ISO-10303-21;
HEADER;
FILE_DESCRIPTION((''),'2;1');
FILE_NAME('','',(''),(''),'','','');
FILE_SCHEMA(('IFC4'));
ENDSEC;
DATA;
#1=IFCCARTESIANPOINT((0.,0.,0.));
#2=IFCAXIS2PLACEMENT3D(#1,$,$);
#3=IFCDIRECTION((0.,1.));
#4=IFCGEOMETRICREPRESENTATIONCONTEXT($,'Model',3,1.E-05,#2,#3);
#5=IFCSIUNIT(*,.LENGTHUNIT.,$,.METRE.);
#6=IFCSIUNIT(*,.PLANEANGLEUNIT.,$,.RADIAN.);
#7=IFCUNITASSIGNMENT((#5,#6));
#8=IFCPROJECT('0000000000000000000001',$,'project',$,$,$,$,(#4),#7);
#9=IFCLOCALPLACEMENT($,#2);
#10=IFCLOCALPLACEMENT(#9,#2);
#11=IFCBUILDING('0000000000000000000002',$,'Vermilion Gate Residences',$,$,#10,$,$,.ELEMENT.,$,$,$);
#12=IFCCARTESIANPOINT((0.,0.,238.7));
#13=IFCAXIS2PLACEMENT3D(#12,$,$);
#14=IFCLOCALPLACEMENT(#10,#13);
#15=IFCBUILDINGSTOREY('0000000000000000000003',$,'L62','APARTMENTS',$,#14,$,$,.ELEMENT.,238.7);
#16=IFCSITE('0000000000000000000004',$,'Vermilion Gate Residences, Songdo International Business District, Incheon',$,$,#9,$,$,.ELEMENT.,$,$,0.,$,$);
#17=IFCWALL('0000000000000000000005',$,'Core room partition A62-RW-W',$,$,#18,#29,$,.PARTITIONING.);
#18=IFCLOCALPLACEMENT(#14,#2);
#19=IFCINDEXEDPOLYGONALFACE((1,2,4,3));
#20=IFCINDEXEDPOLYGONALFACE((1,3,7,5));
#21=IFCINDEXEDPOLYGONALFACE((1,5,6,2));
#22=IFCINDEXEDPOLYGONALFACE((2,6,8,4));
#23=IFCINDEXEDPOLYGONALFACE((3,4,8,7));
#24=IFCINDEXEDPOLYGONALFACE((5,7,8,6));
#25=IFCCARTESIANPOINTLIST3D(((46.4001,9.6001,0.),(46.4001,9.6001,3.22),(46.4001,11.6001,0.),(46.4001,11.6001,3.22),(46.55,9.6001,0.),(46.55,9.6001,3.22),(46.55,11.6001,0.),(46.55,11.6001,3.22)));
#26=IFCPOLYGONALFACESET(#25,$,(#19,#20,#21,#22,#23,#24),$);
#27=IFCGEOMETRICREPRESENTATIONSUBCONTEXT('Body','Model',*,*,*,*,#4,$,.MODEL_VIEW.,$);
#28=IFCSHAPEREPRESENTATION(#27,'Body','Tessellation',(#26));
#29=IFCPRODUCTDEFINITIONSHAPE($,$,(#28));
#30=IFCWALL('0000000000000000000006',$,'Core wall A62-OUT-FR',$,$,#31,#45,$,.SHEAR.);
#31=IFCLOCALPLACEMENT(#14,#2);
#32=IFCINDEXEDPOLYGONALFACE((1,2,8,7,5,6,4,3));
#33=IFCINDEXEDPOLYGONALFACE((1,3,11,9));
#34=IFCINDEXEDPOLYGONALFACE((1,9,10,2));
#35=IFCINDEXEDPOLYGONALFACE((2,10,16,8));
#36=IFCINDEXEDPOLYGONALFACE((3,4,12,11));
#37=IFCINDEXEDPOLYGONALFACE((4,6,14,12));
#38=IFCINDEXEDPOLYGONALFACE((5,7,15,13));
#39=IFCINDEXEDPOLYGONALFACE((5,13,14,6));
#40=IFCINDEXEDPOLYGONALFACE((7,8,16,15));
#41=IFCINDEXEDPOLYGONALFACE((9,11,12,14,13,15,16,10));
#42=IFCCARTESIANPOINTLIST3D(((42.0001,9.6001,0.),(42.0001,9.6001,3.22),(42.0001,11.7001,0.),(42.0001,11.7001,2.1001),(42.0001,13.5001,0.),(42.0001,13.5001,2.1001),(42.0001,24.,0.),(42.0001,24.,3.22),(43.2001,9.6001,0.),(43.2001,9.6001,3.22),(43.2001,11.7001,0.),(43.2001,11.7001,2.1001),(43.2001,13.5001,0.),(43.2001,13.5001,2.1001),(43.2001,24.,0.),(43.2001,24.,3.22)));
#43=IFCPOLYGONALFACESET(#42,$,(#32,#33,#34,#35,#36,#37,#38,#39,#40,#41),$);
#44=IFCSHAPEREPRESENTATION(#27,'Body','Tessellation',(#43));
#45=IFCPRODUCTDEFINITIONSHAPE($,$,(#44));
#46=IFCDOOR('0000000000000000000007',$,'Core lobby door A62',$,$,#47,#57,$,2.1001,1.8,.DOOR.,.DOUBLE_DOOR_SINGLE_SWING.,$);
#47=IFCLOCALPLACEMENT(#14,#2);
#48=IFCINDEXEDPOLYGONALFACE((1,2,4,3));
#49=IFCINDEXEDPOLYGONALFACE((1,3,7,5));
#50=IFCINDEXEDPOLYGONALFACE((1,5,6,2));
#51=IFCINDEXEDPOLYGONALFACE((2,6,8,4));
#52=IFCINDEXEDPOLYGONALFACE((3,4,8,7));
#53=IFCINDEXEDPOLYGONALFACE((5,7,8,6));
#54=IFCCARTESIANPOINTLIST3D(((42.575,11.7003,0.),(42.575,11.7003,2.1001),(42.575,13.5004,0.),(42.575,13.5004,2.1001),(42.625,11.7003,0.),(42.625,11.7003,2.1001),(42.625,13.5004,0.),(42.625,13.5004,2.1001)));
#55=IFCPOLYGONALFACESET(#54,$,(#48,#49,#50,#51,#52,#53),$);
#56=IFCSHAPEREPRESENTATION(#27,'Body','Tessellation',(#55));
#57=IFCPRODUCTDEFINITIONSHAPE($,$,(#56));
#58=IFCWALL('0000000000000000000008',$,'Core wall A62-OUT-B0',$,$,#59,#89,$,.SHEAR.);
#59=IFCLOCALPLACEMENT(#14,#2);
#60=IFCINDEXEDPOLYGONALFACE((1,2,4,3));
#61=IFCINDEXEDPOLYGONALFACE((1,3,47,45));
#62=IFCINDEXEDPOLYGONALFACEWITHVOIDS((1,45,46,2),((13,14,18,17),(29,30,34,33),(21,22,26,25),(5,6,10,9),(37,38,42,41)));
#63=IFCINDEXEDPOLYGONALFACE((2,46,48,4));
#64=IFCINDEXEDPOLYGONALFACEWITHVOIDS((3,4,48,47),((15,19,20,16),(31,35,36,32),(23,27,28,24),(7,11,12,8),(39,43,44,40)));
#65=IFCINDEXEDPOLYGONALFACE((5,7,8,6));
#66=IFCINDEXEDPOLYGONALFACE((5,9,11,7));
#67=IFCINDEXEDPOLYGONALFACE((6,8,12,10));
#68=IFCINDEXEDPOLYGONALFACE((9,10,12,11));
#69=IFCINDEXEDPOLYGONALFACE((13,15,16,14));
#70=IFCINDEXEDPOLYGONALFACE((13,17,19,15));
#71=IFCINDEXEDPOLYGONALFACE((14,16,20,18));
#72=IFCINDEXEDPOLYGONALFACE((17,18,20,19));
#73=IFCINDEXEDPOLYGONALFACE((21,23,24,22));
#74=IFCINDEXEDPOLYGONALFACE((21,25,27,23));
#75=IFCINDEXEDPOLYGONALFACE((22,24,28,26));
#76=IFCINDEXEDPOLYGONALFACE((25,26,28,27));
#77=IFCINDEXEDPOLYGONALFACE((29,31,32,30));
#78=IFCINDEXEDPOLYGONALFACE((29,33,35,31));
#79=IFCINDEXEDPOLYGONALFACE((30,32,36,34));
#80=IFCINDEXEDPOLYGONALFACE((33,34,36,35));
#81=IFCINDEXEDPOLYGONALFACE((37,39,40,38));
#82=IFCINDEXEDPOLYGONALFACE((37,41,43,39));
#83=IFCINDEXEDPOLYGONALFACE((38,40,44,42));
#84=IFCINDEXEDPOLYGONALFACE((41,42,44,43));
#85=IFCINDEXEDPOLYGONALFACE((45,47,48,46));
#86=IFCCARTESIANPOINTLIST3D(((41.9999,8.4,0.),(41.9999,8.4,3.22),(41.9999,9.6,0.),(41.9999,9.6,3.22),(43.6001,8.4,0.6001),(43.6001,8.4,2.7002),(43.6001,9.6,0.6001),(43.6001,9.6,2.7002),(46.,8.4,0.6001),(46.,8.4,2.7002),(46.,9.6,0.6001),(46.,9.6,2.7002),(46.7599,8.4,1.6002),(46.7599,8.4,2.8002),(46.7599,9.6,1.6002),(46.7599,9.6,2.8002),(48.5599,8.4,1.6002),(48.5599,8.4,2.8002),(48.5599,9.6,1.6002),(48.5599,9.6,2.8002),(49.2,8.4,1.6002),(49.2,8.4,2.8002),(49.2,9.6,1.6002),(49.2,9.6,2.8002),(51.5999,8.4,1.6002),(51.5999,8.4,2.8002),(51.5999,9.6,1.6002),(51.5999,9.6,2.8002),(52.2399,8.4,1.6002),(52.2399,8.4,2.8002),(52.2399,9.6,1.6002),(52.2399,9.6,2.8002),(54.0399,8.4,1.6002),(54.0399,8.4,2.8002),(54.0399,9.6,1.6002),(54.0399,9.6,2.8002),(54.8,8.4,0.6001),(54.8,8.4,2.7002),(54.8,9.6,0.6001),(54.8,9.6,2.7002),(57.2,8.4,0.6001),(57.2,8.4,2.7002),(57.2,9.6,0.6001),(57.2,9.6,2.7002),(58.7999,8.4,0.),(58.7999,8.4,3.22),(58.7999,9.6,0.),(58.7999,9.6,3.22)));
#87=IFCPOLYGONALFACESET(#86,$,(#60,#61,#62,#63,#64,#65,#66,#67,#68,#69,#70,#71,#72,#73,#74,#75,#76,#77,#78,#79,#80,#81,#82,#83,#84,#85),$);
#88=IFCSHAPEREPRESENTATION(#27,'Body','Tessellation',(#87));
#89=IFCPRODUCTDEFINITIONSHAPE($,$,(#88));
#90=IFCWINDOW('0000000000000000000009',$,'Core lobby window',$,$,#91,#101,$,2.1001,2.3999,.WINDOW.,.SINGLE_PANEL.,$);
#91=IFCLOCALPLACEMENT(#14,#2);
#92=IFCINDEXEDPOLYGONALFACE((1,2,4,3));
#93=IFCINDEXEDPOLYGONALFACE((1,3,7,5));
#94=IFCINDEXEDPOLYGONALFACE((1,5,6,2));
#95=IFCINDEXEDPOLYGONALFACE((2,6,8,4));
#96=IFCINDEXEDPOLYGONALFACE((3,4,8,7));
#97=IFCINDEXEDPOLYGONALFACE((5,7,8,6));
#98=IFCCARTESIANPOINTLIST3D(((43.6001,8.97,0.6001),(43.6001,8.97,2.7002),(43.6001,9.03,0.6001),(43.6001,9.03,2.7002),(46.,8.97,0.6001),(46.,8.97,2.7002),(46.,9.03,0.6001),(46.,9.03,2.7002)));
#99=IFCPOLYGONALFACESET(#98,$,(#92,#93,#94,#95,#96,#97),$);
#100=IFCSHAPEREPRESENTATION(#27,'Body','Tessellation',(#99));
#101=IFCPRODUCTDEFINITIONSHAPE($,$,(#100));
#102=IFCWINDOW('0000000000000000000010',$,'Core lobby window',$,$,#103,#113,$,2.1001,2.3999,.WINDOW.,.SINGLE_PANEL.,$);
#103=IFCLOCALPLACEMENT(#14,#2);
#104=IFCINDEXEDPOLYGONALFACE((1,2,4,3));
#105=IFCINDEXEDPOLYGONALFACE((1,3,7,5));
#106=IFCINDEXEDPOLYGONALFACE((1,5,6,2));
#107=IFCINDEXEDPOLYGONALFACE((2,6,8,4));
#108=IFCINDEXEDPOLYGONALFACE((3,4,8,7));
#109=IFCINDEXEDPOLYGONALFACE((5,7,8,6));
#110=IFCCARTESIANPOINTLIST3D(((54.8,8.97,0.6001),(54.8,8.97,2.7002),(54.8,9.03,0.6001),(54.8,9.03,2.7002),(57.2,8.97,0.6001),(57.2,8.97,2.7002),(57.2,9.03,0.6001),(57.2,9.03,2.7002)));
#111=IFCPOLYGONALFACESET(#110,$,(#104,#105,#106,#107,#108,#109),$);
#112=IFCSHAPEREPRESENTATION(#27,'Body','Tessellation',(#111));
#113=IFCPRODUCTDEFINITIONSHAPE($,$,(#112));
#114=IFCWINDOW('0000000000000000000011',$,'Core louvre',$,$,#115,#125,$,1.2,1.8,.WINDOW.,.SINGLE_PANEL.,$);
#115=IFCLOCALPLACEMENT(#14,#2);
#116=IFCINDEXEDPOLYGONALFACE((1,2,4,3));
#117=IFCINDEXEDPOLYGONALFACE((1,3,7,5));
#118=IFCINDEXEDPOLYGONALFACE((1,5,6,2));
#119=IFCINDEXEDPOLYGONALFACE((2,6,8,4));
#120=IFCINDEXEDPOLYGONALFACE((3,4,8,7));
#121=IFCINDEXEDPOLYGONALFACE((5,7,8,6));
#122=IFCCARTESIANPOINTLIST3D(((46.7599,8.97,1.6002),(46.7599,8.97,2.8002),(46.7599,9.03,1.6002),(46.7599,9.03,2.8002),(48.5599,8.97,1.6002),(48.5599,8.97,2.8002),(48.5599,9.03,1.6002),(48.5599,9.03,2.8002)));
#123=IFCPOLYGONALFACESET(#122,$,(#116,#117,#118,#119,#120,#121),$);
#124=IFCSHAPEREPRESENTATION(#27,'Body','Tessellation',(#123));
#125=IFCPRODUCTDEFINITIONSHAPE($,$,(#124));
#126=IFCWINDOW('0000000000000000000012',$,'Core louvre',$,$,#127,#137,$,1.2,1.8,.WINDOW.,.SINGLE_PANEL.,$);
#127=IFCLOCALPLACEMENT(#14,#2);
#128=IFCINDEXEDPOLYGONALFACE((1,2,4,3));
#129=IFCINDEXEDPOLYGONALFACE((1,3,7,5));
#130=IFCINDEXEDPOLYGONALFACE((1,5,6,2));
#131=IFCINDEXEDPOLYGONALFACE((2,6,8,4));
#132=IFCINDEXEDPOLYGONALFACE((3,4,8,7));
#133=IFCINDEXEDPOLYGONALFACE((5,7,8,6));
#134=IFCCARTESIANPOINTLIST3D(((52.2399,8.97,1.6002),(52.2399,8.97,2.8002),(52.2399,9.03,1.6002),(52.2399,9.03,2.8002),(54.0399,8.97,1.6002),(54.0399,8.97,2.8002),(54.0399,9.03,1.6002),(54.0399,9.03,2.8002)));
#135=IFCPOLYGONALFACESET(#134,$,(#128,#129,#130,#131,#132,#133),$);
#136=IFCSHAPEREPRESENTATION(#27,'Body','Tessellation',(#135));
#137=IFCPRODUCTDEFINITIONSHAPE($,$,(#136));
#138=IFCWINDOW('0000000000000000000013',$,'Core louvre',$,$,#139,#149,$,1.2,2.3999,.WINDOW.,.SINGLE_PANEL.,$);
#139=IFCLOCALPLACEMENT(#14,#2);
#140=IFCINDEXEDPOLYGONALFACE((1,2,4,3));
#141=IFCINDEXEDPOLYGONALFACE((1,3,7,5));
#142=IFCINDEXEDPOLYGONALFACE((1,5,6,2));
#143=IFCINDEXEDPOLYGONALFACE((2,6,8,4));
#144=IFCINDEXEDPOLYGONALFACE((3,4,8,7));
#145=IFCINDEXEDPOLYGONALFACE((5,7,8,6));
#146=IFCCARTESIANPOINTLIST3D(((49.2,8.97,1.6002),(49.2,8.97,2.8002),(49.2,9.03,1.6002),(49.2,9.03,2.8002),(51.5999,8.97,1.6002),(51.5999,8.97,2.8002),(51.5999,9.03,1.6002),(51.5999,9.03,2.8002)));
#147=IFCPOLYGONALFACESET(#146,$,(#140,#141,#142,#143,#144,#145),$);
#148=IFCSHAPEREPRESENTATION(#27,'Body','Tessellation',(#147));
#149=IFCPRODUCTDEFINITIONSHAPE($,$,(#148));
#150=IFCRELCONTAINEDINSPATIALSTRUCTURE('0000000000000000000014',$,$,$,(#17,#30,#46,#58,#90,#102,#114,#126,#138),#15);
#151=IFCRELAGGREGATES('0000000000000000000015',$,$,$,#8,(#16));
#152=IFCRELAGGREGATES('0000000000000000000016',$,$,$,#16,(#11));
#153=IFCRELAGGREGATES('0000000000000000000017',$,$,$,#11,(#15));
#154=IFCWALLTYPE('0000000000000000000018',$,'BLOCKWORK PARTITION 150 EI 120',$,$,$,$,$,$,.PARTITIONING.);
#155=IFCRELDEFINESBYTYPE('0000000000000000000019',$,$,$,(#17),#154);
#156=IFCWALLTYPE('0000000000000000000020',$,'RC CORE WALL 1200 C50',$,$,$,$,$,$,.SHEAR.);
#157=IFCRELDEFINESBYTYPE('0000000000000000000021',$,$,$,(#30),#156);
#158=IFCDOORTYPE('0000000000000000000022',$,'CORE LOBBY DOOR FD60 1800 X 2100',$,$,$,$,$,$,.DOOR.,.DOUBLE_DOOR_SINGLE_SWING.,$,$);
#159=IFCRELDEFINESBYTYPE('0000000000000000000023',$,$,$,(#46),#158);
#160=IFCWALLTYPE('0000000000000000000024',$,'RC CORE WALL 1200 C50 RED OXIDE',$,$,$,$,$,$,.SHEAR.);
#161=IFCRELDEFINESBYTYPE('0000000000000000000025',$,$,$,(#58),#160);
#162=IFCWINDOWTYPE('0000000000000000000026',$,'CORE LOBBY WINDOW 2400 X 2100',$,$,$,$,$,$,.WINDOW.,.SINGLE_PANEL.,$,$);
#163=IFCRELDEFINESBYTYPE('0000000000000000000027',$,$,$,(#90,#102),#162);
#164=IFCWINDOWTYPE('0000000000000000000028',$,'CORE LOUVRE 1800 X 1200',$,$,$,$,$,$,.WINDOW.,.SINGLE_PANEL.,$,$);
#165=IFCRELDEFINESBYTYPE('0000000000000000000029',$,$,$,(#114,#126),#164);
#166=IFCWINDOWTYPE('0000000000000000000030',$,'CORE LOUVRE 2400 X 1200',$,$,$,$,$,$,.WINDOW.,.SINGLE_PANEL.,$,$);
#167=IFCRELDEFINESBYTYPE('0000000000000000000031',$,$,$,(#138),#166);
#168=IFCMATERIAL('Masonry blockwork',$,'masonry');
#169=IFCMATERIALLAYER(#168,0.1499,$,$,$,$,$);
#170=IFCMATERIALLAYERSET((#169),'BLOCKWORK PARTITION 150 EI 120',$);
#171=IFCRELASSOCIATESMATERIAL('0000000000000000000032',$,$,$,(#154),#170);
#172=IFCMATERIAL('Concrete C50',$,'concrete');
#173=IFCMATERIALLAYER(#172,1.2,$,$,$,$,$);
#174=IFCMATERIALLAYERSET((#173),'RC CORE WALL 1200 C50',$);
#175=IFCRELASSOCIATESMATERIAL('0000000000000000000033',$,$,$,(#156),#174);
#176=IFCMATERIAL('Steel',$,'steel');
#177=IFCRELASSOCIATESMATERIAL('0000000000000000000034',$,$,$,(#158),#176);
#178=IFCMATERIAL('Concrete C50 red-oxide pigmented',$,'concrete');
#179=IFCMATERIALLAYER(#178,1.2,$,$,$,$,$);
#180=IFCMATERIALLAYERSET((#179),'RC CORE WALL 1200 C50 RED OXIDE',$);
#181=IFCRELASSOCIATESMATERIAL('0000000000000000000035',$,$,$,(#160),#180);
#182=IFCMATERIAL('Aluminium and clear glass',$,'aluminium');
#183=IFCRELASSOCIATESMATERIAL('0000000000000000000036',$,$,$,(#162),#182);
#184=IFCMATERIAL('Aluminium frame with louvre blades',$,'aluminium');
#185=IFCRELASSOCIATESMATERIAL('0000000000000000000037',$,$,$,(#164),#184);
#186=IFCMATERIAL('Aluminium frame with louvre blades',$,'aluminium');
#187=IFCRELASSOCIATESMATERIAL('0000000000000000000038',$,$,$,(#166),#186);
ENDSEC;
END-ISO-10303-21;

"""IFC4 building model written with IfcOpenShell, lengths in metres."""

from ifc_helpers import new_model, si_unit, direction, frame, frame_2d, origin, place, context, subcontext, project, spatial, rectangle, extrude, material, layer, layer_set, type_object, element, fill, save


model = new_model("IFC4")

# Units and contexts
model_context = context("Model", 3, precision=1e-05, world=origin(), true_north=direction((0.0, 1.0)))
body_context = subcontext(model_context, "Body", "Model", "MODEL_VIEW")
ifc_project = project(units=[si_unit("LENGTHUNIT", "METRE"), si_unit("PLANEANGLEUNIT", "RADIAN")], contexts=[model_context])

# Site, building, storey
site_placement = place(None, origin())
site = spatial("IfcSite", under=ifc_project, at=site_placement, Name="Vermilion Gate Residences, Songdo International Business District, Incheon", CompositionType="ELEMENT", RefElevation=0.0)
building_placement = place(site_placement, origin())
building = spatial("IfcBuilding", under=site, at=building_placement, Name="Vermilion Gate Residences", CompositionType="ELEMENT")
storey_placement = place(building_placement, frame((0.0, 0.0, 238.7)))
storey = spatial("IfcBuildingStorey", under=building, at=storey_placement, Name="L62", Description="APARTMENTS", CompositionType="ELEMENT", Elevation=238.7)

# Wall
ifc_material_1 = material(Name="Masonry blockwork", Category="masonry")
ifc_layer_1 = layer(ifc_material_1, 0.1499)
ifc_layer_set_1 = layer_set([ifc_layer_1], Name="BLOCKWORK PARTITION 150 EI 120")
wall_type_1 = type_object("IfcWallType", Name="BLOCKWORK PARTITION 150 EI 120", PredefinedType="PARTITIONING", material=ifc_layer_set_1)
wall_1_placement = place(storey_placement, frame((46.4751, 9.6001, 0.0), z_axis=(0.0, 0.0, 1.0), x_axis=(0.0, 1.0, 0.0)))
element("IfcWall", 1, at=wall_1_placement, inside=storey, type_object=wall_type_1, Name="Core room partition A62-RW-W", PredefinedType="PARTITIONING", context=body_context, shape_type="SweptSolid", body=[
    extrude(rectangle(XDim=2.0, YDim=0.1499, at=frame_2d((1.0, 0.0))), origin(), (0.0, 0.0, 1.0), 3.22),
])

# Wall, opening, door
ifc_material_2 = material(Name="Concrete C50", Category="concrete")
ifc_layer_2 = layer(ifc_material_2, 1.2)
ifc_layer_set_2 = layer_set([ifc_layer_2], Name="RC CORE WALL 1200 C50")
wall_type_2 = type_object("IfcWallType", Name="RC CORE WALL 1200 C50", PredefinedType="SHEAR", material=ifc_layer_set_2)
wall_2_placement = place(storey_placement, frame((42.6001, 9.6001, 0.0), z_axis=(0.0, 0.0, 1.0), x_axis=(0.0, 1.0, 0.0)))
wall_2 = element("IfcWall", 2, at=wall_2_placement, inside=storey, type_object=wall_type_2, Name="Core wall A62-OUT-FR", PredefinedType="SHEAR", context=body_context, shape_type="SweptSolid", body=[
    extrude(rectangle(XDim=14.3999, YDim=1.2, at=frame_2d((7.2, 0.0))), origin(), (0.0, 0.0, 1.0), 3.22),
])
opening_1_placement = place(wall_2_placement, frame((2.1001, 0.0, 0.0)))
opening_1 = element("IfcOpeningElement", 3, at=opening_1_placement, cuts=wall_2, PredefinedType="OPENING", context=body_context, shape_type="SweptSolid", body=[
    extrude(rectangle(XDim=1.8, YDim=2.1001, at=frame_2d((0.8999, 1.05))), frame((0.0, 0.6099, 0.0), z_axis=(0.0, -1.0, 0.0), x_axis=(1.0, 0.0, 0.0)), (0.0, 0.0, 1.0), 1.22),
])
ifc_material_3 = material(Name="Steel", Category="steel")
door_type = type_object("IfcDoorType", Name="CORE LOBBY DOOR FD60 1800 X 2100", OperationType="DOUBLE_DOOR_SINGLE_SWING", PredefinedType="DOOR", material=ifc_material_3)
door_placement = place(opening_1_placement, frame((1.8, 0.0, 0.0), z_axis=(0.0, 0.0, 1.0), x_axis=(-1.0, 0.0, 0.0)))
door = element("IfcDoor", 4, at=door_placement, inside=storey, type_object=door_type, Name="Core lobby door A62", OperationType="DOUBLE_DOOR_SINGLE_SWING", OverallHeight=2.1001, OverallWidth=1.8, PredefinedType="DOOR", context=body_context, shape_type="SweptSolid", body=[
    extrude(rectangle(XDim=1.8, YDim=2.1001, at=frame_2d((0.8999, 1.05))), frame((0.0, 0.0249, 0.0), z_axis=(0.0, -1.0, 0.0), x_axis=(1.0, 0.0, 0.0)), (0.0, 0.0, 1.0), 0.05),
])
fill(opening_1, door)

# Wall, openings, windows
ifc_material_4 = material(Name="Concrete C50 red-oxide pigmented", Category="concrete")
ifc_layer_3 = layer(ifc_material_4, 1.2)
ifc_layer_set_3 = layer_set([ifc_layer_3], Name="RC CORE WALL 1200 C50 RED OXIDE")
wall_type_3 = type_object("IfcWallType", Name="RC CORE WALL 1200 C50 RED OXIDE", PredefinedType="SHEAR", material=ifc_layer_set_3)
wall_3_placement = place(storey_placement, frame((42.0, 9.0, 0.0), z_axis=(0.0, 0.0, 1.0), x_axis=(1.0, 0.0, 0.0)))
wall_3 = element("IfcWall", 5, at=wall_3_placement, inside=storey, type_object=wall_type_3, Name="Core wall A62-OUT-B0", PredefinedType="SHEAR", context=body_context, shape_type="SweptSolid", body=[
    extrude(rectangle(XDim=16.8, YDim=1.2, at=frame_2d((8.3999, 0.0))), origin(), (0.0, 0.0, 1.0), 3.22),
])
opening_2_placement = place(wall_3_placement, frame((1.6001, 0.0, 0.6001)))
opening_2 = element("IfcOpeningElement", 6, at=opening_2_placement, cuts=wall_3, PredefinedType="OPENING", context=body_context, shape_type="SweptSolid", body=[
    extrude(rectangle(XDim=2.3999, YDim=2.1001, at=frame_2d((1.2, 1.05))), frame((0.0, 0.6099, 0.0), z_axis=(0.0, -1.0, 0.0), x_axis=(1.0, 0.0, 0.0)), (0.0, 0.0, 1.0), 1.22),
])
opening_3_placement = place(wall_3_placement, frame((4.76, 0.0, 1.6001)))
opening_3 = element("IfcOpeningElement", 7, at=opening_3_placement, cuts=wall_3, PredefinedType="OPENING", context=body_context, shape_type="SweptSolid", body=[
    extrude(rectangle(XDim=1.8, YDim=1.2, at=frame_2d((0.8999, 0.6001))), frame((0.0, 0.6099, 0.0), z_axis=(0.0, -1.0, 0.0), x_axis=(1.0, 0.0, 0.0)), (0.0, 0.0, 1.0), 1.22),
])
opening_4_placement = place(wall_3_placement, frame((7.2, 0.0, 1.6001)))
opening_4 = element("IfcOpeningElement", 8, at=opening_4_placement, cuts=wall_3, PredefinedType="OPENING", context=body_context, shape_type="SweptSolid", body=[
    extrude(rectangle(XDim=2.3999, YDim=1.2, at=frame_2d((1.2, 0.6001))), frame((0.0, 0.6099, 0.0), z_axis=(0.0, -1.0, 0.0), x_axis=(1.0, 0.0, 0.0)), (0.0, 0.0, 1.0), 1.22),
])
opening_5_placement = place(wall_3_placement, frame((10.24, 0.0, 1.6001)))
opening_5 = element("IfcOpeningElement", 9, at=opening_5_placement, cuts=wall_3, PredefinedType="OPENING", context=body_context, shape_type="SweptSolid", body=[
    extrude(rectangle(XDim=1.8, YDim=1.2, at=frame_2d((0.8999, 0.6001))), frame((0.0, 0.6099, 0.0), z_axis=(0.0, -1.0, 0.0), x_axis=(1.0, 0.0, 0.0)), (0.0, 0.0, 1.0), 1.22),
])
opening_6_placement = place(wall_3_placement, frame((12.8, 0.0, 0.6001)))
opening_6 = element("IfcOpeningElement", 10, at=opening_6_placement, cuts=wall_3, PredefinedType="OPENING", context=body_context, shape_type="SweptSolid", body=[
    extrude(rectangle(XDim=2.3999, YDim=2.1001, at=frame_2d((1.2, 1.05))), frame((0.0, 0.6099, 0.0), z_axis=(0.0, -1.0, 0.0), x_axis=(1.0, 0.0, 0.0)), (0.0, 0.0, 1.0), 1.22),
])
ifc_material_5 = material(Name="Aluminium and clear glass", Category="aluminium")
window_type_1 = type_object("IfcWindowType", Name="CORE LOBBY WINDOW 2400 X 2100", PartitioningType="SINGLE_PANEL", PredefinedType="WINDOW", material=ifc_material_5)
window_1_placement = place(opening_2_placement, origin())
window_1 = element("IfcWindow", 11, at=window_1_placement, inside=storey, type_object=window_type_1, Name="Core lobby window", OverallHeight=2.1001, OverallWidth=2.3999, PartitioningType="SINGLE_PANEL", PredefinedType="WINDOW", context=body_context, shape_type="SweptSolid", body=[
    extrude(rectangle(XDim=2.3999, YDim=2.1001, at=frame_2d((1.2, 1.05))), frame((0.0, 0.03, 0.0), z_axis=(0.0, -1.0, 0.0), x_axis=(1.0, 0.0, 0.0)), (0.0, 0.0, 1.0), 0.0601),
])
fill(opening_2, window_1)
window_2_placement = place(opening_6_placement, origin())
window_2 = element("IfcWindow", 12, at=window_2_placement, inside=storey, type_object=window_type_1, Name="Core lobby window", OverallHeight=2.1001, OverallWidth=2.3999, PartitioningType="SINGLE_PANEL", PredefinedType="WINDOW", context=body_context, shape_type="SweptSolid", body=[
    extrude(rectangle(XDim=2.3999, YDim=2.1001, at=frame_2d((1.2, 1.05))), frame((0.0, 0.03, 0.0), z_axis=(0.0, -1.0, 0.0), x_axis=(1.0, 0.0, 0.0)), (0.0, 0.0, 1.0), 0.0601),
])
fill(opening_6, window_2)
ifc_material_6 = material(Name="Aluminium frame with louvre blades", Category="aluminium")
window_type_2 = type_object("IfcWindowType", Name="CORE LOUVRE 1800 X 1200", PartitioningType="SINGLE_PANEL", PredefinedType="WINDOW", material=ifc_material_6)
window_3_placement = place(opening_3_placement, origin())
window_3 = element("IfcWindow", 13, at=window_3_placement, inside=storey, type_object=window_type_2, Name="Core louvre", OverallHeight=1.2, OverallWidth=1.8, PartitioningType="SINGLE_PANEL", PredefinedType="WINDOW", context=body_context, shape_type="SweptSolid", body=[
    extrude(rectangle(XDim=1.8, YDim=1.2, at=frame_2d((0.8999, 0.6001))), frame((0.0, 0.03, 0.0), z_axis=(0.0, -1.0, 0.0), x_axis=(1.0, 0.0, 0.0)), (0.0, 0.0, 1.0), 0.0601),
])
fill(opening_3, window_3)
window_4_placement = place(opening_5_placement, origin())
window_4 = element("IfcWindow", 14, at=window_4_placement, inside=storey, type_object=window_type_2, Name="Core louvre", OverallHeight=1.2, OverallWidth=1.8, PartitioningType="SINGLE_PANEL", PredefinedType="WINDOW", context=body_context, shape_type="SweptSolid", body=[
    extrude(rectangle(XDim=1.8, YDim=1.2, at=frame_2d((0.8999, 0.6001))), frame((0.0, 0.03, 0.0), z_axis=(0.0, -1.0, 0.0), x_axis=(1.0, 0.0, 0.0)), (0.0, 0.0, 1.0), 0.0601),
])
fill(opening_5, window_4)
ifc_material_7 = material(Name="Aluminium frame with louvre blades", Category="aluminium")
window_type_3 = type_object("IfcWindowType", Name="CORE LOUVRE 2400 X 1200", PartitioningType="SINGLE_PANEL", PredefinedType="WINDOW", material=ifc_material_7)
window_5_placement = place(opening_4_placement, origin())
window_5 = element("IfcWindow", 15, at=window_5_placement, inside=storey, type_object=window_type_3, Name="Core louvre", OverallHeight=1.2, OverallWidth=2.3999, PartitioningType="SINGLE_PANEL", PredefinedType="WINDOW", context=body_context, shape_type="SweptSolid", body=[
    extrude(rectangle(XDim=2.3999, YDim=1.2, at=frame_2d((1.2, 0.6001))), frame((0.0, 0.03, 0.0), z_axis=(0.0, -1.0, 0.0), x_axis=(1.0, 0.0, 0.0)), (0.0, 0.0, 1.0), 0.0601),
])
fill(opening_4, window_5)

save(model, "model.ifc")
